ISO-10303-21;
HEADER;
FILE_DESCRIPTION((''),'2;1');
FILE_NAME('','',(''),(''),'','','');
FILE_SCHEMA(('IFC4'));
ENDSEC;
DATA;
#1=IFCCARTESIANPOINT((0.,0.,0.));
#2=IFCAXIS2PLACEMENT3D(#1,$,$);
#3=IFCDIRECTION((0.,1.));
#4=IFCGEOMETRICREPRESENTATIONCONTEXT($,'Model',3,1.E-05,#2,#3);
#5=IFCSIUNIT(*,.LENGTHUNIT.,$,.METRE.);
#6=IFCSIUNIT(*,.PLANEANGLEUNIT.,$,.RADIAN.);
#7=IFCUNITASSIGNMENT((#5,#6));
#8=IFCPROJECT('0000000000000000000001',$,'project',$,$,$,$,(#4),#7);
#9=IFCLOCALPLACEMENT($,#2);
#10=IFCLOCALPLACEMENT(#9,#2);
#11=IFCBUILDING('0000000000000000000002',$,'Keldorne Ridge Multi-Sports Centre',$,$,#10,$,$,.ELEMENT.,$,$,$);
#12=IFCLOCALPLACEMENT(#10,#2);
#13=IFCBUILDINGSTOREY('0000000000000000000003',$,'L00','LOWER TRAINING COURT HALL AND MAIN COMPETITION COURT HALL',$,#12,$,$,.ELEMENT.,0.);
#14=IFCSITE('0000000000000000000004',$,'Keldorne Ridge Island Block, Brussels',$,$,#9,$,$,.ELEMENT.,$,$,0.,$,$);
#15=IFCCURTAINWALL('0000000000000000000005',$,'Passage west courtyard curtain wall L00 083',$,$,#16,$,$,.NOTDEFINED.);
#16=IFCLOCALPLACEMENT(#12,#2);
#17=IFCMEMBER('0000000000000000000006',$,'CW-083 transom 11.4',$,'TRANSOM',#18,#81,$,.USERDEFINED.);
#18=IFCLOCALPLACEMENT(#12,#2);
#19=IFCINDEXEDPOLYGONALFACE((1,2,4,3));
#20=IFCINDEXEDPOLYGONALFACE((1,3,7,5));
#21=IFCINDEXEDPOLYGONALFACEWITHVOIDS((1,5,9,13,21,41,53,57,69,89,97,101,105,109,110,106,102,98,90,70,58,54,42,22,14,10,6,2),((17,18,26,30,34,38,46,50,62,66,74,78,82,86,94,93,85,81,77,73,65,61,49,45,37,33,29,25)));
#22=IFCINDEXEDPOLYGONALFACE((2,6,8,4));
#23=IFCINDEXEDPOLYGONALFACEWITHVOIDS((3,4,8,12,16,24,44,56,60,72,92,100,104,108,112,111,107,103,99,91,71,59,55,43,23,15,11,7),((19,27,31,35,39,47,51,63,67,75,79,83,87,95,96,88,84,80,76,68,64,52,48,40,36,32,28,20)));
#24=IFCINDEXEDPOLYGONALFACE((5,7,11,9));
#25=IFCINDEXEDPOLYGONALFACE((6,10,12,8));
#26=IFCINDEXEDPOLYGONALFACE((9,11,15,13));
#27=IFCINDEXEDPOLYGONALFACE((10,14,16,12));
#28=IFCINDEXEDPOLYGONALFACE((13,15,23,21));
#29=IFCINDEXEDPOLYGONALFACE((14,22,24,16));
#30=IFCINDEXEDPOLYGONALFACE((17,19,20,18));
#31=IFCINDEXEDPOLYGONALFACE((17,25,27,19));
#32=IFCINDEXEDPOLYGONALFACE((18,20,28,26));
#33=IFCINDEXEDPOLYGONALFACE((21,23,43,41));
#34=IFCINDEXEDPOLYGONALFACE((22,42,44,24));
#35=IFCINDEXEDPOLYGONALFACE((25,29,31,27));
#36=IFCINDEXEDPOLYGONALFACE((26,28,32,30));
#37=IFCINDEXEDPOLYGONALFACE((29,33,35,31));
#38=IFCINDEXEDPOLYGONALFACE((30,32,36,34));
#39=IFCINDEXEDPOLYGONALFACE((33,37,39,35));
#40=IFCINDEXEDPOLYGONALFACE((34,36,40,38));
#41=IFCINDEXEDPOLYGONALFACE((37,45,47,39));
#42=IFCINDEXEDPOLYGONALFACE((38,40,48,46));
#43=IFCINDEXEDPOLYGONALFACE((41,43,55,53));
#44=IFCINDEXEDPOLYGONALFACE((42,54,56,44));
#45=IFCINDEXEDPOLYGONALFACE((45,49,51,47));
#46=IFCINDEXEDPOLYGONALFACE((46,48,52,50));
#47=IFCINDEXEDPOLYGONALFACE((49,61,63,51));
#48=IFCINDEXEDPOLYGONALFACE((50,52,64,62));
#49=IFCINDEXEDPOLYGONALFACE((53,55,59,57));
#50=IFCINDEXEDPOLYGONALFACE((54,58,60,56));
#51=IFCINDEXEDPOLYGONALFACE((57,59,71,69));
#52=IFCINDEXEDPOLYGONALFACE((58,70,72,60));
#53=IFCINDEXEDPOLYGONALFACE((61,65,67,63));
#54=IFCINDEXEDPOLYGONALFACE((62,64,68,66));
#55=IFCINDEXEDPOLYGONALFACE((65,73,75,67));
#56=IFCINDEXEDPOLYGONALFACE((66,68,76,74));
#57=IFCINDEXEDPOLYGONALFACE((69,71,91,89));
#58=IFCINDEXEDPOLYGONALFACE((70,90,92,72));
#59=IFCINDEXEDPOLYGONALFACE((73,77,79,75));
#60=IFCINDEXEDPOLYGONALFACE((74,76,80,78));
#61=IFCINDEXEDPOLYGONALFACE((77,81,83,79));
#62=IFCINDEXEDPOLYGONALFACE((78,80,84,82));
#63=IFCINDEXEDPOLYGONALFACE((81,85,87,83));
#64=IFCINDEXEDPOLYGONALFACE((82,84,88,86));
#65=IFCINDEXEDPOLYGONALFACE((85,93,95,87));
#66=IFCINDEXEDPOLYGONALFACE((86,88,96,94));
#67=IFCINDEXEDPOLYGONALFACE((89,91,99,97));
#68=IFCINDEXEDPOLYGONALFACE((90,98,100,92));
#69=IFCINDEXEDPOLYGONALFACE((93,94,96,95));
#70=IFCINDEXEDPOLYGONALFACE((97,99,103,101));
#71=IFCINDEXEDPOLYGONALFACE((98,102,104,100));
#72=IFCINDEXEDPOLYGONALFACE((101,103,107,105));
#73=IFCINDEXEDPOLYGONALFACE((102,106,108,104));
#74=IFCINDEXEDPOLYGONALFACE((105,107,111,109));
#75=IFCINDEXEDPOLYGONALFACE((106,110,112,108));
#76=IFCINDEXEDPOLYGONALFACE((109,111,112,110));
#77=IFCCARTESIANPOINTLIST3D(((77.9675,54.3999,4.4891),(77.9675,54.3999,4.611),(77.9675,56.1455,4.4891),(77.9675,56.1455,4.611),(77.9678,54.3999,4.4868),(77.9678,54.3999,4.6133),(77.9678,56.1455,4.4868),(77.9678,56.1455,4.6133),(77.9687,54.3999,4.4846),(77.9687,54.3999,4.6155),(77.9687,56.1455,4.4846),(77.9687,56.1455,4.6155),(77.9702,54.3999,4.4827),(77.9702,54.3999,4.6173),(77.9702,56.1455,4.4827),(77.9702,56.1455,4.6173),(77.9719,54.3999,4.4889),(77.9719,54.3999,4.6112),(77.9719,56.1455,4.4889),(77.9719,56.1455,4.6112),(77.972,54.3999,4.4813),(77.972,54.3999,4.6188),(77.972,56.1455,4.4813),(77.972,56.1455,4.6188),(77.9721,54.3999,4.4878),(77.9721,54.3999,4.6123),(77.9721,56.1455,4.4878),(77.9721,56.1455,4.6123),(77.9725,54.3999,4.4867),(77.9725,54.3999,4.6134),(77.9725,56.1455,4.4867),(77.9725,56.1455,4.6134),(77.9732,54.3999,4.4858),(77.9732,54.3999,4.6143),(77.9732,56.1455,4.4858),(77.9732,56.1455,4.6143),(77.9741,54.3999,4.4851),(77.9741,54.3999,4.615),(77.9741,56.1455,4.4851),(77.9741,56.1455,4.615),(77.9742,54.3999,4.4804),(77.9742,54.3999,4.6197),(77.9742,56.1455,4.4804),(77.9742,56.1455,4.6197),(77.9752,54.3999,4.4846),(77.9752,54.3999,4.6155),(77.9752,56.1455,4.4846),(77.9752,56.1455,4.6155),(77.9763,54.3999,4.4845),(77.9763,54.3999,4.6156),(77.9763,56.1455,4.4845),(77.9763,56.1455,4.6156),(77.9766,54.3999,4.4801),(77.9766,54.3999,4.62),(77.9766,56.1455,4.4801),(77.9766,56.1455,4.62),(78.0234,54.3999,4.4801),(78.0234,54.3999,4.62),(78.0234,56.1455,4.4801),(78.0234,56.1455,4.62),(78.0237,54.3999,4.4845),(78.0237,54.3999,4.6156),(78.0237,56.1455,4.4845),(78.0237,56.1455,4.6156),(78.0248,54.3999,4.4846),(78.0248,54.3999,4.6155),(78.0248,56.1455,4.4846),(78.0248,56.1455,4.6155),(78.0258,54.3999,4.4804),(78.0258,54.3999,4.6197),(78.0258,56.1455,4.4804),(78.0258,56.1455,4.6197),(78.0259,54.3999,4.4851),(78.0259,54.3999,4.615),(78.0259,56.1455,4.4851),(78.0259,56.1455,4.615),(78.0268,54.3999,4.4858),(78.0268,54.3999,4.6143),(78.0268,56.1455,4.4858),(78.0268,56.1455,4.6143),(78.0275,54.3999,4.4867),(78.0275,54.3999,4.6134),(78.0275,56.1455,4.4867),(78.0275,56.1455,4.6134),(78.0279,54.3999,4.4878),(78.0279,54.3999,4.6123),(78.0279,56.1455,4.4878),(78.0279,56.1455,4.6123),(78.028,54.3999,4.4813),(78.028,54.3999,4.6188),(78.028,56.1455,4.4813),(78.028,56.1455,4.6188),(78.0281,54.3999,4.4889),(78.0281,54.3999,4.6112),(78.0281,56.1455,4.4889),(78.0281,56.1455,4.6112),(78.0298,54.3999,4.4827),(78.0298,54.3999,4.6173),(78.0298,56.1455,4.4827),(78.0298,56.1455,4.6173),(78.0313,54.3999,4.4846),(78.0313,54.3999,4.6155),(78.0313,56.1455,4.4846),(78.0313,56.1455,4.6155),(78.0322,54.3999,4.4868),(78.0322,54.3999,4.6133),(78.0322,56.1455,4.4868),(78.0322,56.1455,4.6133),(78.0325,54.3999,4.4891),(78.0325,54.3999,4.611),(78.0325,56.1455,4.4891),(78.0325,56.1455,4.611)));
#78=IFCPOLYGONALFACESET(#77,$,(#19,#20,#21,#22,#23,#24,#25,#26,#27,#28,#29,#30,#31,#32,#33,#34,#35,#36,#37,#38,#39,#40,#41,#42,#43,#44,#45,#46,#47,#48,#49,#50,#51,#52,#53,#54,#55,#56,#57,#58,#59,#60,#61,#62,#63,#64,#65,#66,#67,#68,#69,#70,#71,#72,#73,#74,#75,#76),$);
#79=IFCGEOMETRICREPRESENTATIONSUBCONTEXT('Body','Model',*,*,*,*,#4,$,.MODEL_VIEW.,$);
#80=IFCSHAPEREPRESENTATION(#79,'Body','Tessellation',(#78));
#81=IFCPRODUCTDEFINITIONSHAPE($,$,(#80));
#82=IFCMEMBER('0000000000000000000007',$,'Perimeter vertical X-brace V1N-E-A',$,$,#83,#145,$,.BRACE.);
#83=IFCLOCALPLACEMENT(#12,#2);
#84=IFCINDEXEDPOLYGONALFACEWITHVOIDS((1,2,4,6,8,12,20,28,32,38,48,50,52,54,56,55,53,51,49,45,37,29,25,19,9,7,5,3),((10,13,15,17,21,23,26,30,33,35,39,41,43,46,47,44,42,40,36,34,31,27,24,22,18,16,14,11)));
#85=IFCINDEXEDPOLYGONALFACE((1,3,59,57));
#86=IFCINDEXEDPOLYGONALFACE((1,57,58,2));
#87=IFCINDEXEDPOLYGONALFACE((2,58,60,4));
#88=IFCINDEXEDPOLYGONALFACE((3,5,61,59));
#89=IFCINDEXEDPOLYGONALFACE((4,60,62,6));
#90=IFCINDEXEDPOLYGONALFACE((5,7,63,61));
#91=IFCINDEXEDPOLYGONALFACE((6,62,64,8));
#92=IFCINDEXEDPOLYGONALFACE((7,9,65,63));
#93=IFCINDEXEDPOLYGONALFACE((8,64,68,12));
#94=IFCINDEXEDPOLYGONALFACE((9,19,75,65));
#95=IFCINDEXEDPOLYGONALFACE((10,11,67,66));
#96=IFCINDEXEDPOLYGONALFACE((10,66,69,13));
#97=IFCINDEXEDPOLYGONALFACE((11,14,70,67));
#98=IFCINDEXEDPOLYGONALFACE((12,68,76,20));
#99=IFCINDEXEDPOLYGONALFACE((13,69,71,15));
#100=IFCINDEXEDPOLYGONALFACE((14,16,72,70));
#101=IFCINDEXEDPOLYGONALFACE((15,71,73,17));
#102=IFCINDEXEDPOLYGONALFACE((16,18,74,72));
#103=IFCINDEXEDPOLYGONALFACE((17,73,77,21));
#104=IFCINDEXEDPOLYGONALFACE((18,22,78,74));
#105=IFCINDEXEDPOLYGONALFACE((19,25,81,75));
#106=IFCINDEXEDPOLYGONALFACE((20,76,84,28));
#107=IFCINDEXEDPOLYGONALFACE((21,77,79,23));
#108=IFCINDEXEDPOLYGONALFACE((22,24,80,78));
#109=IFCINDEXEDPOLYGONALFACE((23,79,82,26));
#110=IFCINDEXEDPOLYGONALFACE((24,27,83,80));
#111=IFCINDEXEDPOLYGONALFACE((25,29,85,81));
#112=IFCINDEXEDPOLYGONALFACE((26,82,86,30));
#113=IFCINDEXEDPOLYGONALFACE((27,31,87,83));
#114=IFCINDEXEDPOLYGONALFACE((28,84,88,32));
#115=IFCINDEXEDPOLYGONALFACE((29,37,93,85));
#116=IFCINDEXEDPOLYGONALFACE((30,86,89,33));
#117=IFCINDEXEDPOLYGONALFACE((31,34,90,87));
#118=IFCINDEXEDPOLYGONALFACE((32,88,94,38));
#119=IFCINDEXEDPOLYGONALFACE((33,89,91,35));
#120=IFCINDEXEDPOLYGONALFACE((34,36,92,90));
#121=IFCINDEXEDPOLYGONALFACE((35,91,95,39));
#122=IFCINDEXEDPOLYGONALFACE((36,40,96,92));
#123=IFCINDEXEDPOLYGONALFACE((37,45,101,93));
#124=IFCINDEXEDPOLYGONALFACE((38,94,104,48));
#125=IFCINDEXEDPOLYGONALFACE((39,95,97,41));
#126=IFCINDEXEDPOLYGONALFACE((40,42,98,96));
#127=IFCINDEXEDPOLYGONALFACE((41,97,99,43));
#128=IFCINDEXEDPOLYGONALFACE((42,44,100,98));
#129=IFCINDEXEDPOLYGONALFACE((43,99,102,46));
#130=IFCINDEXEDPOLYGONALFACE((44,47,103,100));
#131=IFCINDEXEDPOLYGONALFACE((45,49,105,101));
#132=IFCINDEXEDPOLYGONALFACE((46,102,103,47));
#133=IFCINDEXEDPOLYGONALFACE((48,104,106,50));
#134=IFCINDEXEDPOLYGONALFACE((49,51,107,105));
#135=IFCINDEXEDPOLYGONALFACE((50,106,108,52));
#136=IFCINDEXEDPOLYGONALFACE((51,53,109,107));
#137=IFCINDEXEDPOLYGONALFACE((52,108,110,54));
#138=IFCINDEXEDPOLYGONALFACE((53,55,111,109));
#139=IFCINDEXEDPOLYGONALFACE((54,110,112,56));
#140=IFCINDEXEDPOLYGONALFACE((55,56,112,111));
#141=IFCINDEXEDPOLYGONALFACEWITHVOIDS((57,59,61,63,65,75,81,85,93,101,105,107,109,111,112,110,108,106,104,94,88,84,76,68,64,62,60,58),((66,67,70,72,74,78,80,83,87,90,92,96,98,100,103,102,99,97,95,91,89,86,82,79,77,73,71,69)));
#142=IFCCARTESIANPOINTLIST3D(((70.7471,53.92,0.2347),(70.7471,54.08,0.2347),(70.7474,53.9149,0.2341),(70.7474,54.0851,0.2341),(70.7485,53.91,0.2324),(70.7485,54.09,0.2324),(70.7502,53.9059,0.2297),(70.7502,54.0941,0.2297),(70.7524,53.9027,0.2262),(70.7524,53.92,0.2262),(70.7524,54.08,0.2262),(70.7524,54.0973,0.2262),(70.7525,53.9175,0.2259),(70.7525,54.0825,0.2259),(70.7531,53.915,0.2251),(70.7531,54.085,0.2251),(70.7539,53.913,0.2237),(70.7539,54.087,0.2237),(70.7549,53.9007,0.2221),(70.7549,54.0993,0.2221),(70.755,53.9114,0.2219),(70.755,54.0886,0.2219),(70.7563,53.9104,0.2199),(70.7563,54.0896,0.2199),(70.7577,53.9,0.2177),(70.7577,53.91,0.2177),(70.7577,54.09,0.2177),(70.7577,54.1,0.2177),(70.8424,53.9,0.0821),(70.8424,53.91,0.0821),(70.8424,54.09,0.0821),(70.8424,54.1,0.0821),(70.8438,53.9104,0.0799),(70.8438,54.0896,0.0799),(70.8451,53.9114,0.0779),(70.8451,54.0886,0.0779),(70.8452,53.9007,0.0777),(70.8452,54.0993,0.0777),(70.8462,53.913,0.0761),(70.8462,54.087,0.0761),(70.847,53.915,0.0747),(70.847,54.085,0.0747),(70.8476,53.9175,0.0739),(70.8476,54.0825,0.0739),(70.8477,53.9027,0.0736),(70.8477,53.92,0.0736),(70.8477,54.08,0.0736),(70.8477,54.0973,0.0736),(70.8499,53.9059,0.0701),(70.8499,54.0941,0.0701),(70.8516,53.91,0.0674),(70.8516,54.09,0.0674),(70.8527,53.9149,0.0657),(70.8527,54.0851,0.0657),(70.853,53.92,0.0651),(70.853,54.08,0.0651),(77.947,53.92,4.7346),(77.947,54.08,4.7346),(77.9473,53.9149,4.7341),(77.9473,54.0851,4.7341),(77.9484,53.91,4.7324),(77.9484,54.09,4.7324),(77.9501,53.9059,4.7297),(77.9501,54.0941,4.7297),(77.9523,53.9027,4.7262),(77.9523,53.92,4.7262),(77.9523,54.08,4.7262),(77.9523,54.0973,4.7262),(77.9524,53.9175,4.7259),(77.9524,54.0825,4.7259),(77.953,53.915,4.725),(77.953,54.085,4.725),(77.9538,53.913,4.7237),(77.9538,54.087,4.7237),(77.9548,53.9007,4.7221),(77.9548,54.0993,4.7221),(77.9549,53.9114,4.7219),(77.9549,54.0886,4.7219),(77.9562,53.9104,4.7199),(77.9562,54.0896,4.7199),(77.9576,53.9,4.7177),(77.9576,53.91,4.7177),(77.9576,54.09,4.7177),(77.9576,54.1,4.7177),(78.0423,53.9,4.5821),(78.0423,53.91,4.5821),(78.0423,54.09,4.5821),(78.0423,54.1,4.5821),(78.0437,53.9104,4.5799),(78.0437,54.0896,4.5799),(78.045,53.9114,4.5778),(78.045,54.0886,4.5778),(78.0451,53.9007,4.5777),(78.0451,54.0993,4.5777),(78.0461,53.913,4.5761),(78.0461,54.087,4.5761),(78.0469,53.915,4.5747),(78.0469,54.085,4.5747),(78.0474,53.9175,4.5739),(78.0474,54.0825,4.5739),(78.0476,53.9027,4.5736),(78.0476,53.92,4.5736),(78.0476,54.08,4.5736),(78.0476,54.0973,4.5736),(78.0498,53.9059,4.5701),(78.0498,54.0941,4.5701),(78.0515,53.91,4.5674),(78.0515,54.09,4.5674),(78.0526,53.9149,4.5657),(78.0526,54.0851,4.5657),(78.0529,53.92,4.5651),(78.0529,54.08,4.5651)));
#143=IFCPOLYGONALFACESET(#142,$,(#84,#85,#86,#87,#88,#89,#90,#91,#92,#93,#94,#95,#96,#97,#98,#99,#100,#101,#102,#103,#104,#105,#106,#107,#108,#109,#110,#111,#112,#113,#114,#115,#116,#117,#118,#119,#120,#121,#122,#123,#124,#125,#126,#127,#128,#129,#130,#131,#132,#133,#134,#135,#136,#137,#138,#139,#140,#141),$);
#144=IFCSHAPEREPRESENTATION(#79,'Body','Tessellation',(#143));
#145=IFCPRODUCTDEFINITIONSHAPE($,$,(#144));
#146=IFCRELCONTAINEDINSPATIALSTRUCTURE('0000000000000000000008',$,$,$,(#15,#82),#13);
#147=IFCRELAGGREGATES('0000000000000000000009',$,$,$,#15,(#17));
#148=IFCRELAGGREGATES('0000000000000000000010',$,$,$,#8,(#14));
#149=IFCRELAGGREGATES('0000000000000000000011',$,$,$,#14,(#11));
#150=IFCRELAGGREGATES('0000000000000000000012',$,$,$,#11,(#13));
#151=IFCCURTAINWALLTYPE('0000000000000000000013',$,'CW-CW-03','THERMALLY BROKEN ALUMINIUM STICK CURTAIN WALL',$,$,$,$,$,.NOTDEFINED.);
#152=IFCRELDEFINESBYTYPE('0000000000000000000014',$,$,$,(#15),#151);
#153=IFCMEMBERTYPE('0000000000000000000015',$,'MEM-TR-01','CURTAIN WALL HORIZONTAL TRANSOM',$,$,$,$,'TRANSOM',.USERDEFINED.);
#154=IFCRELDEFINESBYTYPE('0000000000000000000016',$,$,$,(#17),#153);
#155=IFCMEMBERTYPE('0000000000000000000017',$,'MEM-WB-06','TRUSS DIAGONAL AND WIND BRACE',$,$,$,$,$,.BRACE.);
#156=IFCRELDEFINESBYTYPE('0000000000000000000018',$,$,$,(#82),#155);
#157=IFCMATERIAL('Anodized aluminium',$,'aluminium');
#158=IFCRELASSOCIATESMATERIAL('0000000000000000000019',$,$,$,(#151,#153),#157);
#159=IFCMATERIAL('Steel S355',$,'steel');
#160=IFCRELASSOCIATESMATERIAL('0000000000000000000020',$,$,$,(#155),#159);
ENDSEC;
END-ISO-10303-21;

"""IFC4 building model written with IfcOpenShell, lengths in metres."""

from ifc_helpers import new_model, si_unit, direction, frame, origin, origin_2d, place, context, subcontext, project, spatial, hollow_rectangle, extrude, material, material_profile, profile_set, type_object, element, aggregate, save


model = new_model("IFC4")

# Units and contexts
model_context = context("Model", 3, precision=1e-05, world=origin(), true_north=direction((0.0, 1.0)))
body_context = subcontext(model_context, "Body", "Model", "MODEL_VIEW")
ifc_project = project(units=[si_unit("LENGTHUNIT", "METRE"), si_unit("PLANEANGLEUNIT", "RADIAN")], contexts=[model_context])

# Site, building, storey
site_placement = place(None, origin())
site = spatial("IfcSite", under=ifc_project, at=site_placement, Name="Keldorne Ridge Island Block, Brussels", CompositionType="ELEMENT", RefElevation=0.0)
building_placement = place(site_placement, origin())
building = spatial("IfcBuilding", under=site, at=building_placement, Name="Keldorne Ridge Multi-Sports Centre", CompositionType="ELEMENT")
storey_placement = place(building_placement, origin())
storey = spatial("IfcBuildingStorey", under=building, at=storey_placement, Name="L00", Description="LOWER TRAINING COURT HALL AND MAIN COMPETITION COURT HALL", CompositionType="ELEMENT", Elevation=0.0)

# Shared definitions
ifc_material_1 = material(Name="Steel S355", Category="steel")

# Curtain wall, member
ifc_material_2 = material(Name="Anodized aluminium", Category="aluminium")
curtain_wall_type = type_object("IfcCurtainWallType", Name="CW-CW-03", Description="THERMALLY BROKEN ALUMINIUM STICK CURTAIN WALL", PredefinedType="NOTDEFINED", material=ifc_material_2)
curtain_wall_placement = place(storey_placement, origin())
curtain_wall = element("IfcCurtainWall", 1, at=curtain_wall_placement, inside=storey, type_object=curtain_wall_type, Name="Passage west courtyard curtain wall L00 083", PredefinedType="NOTDEFINED")
ifc_material_profile_1 = material_profile(ifc_material_2, hollow_rectangle(XDim=0.0649, YDim=0.1399, WallThickness=0.0044, InnerFilletRadius=0.0044, OuterFilletRadius=0.009, at=origin_2d()), Name="ALU TRANSOM 140x65x4.5")
ifc_profile_set_1 = profile_set([ifc_material_profile_1], Name="Anodized aluminium")
member_type_1 = type_object("IfcMemberType", Name="MEM-TR-01", Description="CURTAIN WALL HORIZONTAL TRANSOM", ElementType="TRANSOM", PredefinedType="USERDEFINED", material=ifc_profile_set_1)
member_1_placement = place(storey_placement, frame((78.0, 56.1455, 4.55), z_axis=(0.0, -1.0, 0.0), x_axis=(1.0, 0.0, 0.0)))
member_1 = element("IfcMember", 2, at=member_1_placement, type_object=member_type_1, Name="CW-083 transom 11.4", ObjectType="TRANSOM", PredefinedType="USERDEFINED", context=body_context, shape_type="SweptSolid", body=[
    extrude(hollow_rectangle(XDim=0.0649, YDim=0.1399, WallThickness=0.0044, InnerFilletRadius=0.0044, OuterFilletRadius=0.009, at=origin_2d()), origin(), (0.0, 0.0, 1.0), 1.7456),
])

# Member
ifc_material_profile_2 = material_profile(ifc_material_1, hollow_rectangle(XDim=0.2, YDim=0.2, WallThickness=0.01, InnerFilletRadius=0.01, OuterFilletRadius=0.02, at=origin_2d()), Name="SHS 200x200x10")
ifc_profile_set_2 = profile_set([ifc_material_profile_2], Name="Steel S355")
member_type_2 = type_object("IfcMemberType", Name="MEM-WB-06", Description="TRUSS DIAGONAL AND WIND BRACE", PredefinedType="BRACE", material=ifc_profile_set_2)
for number, where, z_axis, x_axis, name in (
    (3, (70.8, 54.0, 0.1499), (0.847997, 0.0, 0.530002), (0.0, 1.0, 0.0), "Perimeter vertical X-brace V1N-E-A"),
):
    element("IfcMember", number, at=place(storey_placement, frame(where, z_axis=z_axis, x_axis=x_axis)), inside=storey, type_object=member_type_2, Name=name, PredefinedType="BRACE", context=body_context, shape_type="SweptSolid", body=[
        extrude(hollow_rectangle(XDim=0.2, YDim=0.2, WallThickness=0.01, InnerFilletRadius=0.01, OuterFilletRadius=0.02, at=origin_2d()), origin(), (0.0, 0.0, 1.0), 8.4905),
    ])

aggregate(curtain_wall, [member_1])

save(model, "model.ifc")
